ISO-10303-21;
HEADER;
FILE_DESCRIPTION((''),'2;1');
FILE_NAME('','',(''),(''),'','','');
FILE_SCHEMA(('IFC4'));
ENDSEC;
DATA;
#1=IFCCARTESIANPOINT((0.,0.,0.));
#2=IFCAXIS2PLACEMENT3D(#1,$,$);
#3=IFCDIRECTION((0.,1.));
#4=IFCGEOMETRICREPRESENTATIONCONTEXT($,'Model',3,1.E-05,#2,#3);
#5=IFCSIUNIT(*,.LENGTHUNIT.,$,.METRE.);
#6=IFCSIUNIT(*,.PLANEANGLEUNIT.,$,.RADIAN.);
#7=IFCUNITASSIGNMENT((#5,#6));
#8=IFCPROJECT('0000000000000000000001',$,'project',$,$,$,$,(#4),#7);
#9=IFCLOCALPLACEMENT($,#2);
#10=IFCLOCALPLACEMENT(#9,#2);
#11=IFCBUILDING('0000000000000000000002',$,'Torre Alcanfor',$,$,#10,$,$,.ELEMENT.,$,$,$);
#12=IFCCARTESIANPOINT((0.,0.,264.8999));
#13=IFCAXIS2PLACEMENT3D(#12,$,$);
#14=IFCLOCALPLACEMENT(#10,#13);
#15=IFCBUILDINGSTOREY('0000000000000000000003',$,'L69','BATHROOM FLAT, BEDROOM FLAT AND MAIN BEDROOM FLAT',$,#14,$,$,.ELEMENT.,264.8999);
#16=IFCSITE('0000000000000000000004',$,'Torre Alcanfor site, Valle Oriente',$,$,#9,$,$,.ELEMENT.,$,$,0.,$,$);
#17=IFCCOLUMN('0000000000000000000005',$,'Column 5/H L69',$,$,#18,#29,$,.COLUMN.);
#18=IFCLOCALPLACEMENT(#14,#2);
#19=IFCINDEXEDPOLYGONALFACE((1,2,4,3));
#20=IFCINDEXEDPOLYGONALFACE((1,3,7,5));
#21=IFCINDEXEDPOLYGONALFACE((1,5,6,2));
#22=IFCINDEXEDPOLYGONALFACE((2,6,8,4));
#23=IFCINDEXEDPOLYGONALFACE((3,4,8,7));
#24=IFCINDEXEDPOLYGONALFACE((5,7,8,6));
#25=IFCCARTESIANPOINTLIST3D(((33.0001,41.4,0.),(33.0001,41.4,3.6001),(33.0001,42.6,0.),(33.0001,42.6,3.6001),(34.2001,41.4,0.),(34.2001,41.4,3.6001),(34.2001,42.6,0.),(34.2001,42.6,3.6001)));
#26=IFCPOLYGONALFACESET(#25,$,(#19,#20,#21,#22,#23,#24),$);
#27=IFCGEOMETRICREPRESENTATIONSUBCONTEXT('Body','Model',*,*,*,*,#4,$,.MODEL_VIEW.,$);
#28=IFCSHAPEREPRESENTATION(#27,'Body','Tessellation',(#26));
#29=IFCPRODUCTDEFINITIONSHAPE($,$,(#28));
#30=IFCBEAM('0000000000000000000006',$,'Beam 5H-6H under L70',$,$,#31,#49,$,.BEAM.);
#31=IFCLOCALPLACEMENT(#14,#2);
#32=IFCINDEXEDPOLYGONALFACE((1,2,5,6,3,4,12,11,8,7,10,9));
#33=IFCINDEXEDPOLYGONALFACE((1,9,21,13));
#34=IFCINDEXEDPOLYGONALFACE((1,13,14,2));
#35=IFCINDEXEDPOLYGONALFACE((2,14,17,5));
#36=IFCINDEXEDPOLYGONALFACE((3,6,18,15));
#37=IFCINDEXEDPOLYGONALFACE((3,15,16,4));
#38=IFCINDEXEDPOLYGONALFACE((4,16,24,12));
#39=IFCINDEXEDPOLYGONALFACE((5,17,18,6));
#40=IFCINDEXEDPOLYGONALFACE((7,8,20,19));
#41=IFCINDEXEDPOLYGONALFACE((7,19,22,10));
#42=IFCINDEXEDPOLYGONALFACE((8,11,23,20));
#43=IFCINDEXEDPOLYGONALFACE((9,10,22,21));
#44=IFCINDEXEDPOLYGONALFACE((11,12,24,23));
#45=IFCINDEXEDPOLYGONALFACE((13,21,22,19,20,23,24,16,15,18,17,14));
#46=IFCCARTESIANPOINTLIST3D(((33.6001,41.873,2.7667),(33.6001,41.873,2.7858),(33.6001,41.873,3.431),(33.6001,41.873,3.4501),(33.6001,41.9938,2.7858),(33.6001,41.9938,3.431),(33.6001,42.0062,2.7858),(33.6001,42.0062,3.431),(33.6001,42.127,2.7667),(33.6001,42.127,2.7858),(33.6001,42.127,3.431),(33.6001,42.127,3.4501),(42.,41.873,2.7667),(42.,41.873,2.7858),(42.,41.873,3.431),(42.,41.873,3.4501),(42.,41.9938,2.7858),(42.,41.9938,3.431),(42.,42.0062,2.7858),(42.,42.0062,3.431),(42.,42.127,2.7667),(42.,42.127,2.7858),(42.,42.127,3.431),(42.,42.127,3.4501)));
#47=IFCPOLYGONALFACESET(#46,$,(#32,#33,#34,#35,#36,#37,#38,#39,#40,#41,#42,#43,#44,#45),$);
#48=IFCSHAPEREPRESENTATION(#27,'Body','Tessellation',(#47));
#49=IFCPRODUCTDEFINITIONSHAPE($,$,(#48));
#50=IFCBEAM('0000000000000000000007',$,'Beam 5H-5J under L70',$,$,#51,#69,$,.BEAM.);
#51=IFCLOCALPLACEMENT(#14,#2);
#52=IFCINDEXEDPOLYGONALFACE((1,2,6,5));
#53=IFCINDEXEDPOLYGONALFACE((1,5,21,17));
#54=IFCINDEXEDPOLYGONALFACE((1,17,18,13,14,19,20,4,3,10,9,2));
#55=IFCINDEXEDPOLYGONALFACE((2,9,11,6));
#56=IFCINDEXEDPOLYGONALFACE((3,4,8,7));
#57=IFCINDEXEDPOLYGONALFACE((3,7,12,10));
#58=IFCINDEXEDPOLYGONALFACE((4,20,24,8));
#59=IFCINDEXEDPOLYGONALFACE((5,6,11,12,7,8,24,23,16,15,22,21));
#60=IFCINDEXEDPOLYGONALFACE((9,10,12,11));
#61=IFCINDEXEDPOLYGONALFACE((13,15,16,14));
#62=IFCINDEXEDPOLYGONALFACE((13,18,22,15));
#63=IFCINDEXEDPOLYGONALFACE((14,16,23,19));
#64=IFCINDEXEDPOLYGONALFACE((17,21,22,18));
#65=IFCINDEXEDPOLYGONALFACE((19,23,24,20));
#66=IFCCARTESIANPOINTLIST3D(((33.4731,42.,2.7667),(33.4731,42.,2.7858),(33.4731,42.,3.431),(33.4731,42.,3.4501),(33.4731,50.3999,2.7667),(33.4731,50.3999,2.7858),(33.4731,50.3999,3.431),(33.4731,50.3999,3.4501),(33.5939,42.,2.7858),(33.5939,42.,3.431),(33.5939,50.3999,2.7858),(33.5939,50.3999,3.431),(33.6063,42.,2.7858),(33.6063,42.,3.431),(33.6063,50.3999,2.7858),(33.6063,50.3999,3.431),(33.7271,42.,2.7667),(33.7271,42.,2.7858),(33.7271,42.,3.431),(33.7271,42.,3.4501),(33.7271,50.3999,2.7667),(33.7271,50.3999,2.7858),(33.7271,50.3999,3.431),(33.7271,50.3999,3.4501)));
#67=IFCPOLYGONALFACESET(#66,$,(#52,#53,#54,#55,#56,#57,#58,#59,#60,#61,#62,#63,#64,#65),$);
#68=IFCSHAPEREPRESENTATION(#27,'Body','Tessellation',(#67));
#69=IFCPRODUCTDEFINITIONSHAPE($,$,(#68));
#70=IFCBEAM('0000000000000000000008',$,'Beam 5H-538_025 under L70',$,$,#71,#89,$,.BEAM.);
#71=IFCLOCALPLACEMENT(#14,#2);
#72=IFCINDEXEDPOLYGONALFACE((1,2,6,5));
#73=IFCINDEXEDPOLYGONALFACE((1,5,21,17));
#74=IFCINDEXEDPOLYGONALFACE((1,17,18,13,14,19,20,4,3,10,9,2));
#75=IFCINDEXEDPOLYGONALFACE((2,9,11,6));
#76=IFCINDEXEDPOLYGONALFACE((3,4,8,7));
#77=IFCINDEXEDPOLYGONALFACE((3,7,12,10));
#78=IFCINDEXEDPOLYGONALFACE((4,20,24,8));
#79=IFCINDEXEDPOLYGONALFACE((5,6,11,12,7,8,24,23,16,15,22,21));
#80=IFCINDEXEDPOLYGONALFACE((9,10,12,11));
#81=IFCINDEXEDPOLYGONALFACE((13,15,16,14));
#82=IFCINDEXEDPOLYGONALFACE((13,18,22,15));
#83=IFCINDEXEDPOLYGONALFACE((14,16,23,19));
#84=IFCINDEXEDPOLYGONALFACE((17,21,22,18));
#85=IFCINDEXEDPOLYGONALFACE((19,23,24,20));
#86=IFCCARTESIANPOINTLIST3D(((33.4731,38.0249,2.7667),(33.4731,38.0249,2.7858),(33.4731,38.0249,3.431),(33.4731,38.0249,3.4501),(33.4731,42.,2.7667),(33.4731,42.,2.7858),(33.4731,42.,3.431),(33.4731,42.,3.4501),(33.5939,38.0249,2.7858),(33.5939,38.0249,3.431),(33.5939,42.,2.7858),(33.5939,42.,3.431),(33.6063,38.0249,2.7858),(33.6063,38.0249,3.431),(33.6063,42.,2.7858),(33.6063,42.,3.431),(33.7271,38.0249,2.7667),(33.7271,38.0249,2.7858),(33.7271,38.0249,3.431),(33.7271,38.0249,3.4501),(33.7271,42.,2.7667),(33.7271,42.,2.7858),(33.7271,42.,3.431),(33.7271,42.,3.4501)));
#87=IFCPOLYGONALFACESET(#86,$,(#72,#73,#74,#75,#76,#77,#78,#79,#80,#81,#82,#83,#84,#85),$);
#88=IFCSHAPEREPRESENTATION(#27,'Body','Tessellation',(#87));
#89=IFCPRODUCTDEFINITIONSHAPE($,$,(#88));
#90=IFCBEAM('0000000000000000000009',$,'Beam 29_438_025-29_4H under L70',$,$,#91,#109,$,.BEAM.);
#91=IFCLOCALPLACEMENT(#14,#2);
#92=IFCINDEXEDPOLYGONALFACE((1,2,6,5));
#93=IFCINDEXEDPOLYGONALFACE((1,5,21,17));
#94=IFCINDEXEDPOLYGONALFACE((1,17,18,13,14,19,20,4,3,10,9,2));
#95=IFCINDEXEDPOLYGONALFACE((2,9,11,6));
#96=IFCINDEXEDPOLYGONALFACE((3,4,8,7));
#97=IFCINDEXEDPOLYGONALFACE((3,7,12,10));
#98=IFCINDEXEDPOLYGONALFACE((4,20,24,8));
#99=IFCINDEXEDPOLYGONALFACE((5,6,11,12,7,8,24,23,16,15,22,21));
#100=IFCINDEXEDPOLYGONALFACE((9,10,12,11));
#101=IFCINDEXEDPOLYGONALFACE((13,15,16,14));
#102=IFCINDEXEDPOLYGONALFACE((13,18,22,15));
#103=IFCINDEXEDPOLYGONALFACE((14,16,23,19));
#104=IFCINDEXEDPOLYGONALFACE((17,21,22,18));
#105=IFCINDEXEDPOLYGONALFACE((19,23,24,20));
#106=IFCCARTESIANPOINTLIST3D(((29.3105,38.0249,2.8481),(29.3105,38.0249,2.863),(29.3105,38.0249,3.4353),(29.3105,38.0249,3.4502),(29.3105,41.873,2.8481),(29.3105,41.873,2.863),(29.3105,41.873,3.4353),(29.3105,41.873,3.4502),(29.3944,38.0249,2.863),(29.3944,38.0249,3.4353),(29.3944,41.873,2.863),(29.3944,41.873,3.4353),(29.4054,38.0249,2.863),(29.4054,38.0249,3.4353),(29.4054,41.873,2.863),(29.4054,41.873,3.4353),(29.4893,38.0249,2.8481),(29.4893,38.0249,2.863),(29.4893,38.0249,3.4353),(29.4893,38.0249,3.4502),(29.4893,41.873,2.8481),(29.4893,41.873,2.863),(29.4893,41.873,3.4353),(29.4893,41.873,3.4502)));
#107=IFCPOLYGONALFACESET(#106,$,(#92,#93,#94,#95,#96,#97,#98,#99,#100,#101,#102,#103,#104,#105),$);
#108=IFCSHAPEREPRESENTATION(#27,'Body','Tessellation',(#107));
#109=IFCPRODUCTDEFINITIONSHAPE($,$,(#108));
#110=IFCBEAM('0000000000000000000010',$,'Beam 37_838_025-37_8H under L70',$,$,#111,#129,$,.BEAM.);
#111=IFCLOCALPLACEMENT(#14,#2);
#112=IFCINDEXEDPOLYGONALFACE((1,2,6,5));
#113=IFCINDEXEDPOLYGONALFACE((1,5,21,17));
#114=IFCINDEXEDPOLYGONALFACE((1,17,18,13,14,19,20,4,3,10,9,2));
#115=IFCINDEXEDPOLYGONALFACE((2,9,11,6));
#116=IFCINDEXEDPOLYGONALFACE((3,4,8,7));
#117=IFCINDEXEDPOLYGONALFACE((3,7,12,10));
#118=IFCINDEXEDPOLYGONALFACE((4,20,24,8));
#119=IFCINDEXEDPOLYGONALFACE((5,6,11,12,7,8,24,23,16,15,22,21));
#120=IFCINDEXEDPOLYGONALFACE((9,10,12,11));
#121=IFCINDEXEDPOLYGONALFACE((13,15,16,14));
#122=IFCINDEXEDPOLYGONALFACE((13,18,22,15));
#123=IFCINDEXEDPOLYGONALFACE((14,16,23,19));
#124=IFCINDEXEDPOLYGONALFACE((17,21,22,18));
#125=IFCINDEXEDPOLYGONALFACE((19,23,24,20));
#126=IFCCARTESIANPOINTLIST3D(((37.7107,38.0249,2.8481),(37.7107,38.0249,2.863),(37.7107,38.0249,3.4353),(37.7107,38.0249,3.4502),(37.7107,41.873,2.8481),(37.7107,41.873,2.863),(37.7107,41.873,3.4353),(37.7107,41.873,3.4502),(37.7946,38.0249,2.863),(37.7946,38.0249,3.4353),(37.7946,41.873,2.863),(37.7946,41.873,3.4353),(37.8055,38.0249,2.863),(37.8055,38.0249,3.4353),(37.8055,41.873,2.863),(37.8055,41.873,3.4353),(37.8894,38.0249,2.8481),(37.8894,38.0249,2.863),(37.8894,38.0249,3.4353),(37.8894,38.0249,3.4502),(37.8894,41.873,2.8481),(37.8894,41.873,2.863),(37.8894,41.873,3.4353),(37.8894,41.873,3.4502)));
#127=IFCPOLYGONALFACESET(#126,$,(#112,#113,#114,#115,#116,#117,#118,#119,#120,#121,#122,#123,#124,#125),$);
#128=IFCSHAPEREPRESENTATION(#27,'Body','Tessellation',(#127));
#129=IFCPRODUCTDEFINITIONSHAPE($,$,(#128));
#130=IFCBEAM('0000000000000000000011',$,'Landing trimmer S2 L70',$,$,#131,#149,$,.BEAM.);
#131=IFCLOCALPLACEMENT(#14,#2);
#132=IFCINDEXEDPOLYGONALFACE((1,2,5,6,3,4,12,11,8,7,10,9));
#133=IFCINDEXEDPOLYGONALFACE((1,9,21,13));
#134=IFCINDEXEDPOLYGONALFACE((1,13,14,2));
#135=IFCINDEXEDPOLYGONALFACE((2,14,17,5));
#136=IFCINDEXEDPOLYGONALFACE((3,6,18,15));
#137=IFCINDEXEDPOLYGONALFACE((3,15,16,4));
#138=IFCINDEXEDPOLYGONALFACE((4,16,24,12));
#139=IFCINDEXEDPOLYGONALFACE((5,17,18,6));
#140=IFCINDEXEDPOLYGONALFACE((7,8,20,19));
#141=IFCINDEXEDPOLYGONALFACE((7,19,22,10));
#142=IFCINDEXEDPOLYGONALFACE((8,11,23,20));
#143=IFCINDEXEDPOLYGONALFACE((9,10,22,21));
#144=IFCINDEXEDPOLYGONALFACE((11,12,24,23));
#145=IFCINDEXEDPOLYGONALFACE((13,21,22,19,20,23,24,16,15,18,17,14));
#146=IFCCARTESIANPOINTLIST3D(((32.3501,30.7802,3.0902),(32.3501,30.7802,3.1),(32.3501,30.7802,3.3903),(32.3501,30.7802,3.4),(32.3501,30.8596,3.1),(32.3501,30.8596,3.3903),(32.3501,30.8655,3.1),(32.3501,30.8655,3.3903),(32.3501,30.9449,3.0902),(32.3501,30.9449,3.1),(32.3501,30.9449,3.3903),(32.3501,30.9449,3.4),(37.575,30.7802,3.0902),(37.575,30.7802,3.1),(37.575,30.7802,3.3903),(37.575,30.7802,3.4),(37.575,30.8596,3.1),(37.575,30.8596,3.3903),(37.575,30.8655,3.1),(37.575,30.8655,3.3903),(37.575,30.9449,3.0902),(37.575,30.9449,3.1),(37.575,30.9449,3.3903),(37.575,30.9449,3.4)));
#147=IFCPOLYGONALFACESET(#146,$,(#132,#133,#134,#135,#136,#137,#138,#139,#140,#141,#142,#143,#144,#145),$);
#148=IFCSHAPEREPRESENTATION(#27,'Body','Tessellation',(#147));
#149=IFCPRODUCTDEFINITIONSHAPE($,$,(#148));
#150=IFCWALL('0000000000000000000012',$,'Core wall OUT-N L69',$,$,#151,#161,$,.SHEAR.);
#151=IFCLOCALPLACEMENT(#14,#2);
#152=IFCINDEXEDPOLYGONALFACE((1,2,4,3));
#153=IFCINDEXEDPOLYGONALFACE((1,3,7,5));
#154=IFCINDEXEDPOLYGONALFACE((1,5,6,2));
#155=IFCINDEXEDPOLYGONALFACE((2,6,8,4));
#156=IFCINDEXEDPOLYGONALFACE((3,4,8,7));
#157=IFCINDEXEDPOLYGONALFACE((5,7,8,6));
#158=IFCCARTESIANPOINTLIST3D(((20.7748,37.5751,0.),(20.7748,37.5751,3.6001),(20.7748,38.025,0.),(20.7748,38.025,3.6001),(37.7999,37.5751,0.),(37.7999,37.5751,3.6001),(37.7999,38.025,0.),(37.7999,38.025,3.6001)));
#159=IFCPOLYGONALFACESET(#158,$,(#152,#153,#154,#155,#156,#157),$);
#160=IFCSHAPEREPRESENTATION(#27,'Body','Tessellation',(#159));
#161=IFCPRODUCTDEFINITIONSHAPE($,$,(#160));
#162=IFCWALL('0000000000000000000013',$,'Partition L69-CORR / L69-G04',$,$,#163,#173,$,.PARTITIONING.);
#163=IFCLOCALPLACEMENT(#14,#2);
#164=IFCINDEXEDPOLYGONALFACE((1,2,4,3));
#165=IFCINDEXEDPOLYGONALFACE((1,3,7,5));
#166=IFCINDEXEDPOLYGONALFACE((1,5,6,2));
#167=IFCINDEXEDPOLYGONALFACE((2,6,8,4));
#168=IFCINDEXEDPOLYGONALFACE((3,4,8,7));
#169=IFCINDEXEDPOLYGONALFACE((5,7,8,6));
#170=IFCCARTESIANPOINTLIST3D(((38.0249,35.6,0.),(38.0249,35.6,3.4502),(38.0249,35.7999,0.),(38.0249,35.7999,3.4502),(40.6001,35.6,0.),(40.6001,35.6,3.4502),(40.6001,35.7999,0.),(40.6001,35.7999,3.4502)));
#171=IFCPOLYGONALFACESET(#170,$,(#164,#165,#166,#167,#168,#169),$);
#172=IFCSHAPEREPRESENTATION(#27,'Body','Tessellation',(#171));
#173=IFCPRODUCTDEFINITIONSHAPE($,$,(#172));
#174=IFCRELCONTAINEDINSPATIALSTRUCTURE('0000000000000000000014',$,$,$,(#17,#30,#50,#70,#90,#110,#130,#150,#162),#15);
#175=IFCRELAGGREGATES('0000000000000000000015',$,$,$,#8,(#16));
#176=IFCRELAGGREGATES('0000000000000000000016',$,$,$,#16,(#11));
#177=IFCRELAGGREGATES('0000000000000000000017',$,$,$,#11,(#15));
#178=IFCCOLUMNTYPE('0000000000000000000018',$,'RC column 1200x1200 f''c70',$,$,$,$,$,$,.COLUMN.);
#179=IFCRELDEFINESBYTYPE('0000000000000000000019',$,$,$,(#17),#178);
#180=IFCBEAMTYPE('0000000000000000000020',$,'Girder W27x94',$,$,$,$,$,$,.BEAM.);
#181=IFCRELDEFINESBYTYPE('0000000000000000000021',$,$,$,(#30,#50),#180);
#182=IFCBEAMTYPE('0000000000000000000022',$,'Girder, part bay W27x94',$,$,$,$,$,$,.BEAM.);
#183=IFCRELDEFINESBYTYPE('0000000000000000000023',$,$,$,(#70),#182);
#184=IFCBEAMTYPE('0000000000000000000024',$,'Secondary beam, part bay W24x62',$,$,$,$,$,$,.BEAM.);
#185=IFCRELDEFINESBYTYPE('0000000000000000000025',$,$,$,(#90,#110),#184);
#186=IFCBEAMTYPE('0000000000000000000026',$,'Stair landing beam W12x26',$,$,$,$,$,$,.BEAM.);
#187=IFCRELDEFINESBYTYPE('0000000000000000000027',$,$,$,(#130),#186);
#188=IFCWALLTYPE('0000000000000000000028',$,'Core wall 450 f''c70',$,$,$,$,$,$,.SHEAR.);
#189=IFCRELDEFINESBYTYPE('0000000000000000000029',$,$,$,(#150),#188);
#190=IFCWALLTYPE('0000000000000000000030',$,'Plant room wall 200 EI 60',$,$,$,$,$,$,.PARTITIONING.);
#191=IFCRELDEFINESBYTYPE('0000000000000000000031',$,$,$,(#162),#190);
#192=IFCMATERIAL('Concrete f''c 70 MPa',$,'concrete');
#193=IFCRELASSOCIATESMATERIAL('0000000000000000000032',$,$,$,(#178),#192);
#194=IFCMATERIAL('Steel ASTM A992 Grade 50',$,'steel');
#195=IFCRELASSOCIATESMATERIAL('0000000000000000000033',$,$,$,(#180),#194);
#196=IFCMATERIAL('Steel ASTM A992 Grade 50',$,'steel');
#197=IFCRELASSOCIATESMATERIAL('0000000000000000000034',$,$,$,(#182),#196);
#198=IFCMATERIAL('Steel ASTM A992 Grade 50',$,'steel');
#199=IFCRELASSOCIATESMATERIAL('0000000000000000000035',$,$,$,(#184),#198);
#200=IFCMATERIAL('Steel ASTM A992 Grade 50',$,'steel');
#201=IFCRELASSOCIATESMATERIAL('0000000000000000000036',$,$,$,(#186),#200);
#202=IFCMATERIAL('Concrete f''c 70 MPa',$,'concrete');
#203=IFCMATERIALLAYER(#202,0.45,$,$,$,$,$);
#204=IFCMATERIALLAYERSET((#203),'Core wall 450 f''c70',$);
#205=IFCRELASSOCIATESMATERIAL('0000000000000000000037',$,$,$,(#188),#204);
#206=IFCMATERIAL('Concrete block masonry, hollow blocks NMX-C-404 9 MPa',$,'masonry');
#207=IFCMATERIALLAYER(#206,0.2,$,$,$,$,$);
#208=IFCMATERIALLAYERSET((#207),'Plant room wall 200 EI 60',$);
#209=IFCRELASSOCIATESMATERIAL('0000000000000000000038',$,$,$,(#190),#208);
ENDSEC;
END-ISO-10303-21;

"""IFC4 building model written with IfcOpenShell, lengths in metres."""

from ifc_helpers import new_model, si_unit, direction, frame, frame_2d, origin, origin_2d, place, context, subcontext, project, spatial, rectangle, i_section, extrude, material, layer, layer_set, material_profile, profile_set, type_object, element, save


model = new_model("IFC4")

# Units and contexts
model_context = context("Model", 3, precision=1e-05, world=origin(), true_north=direction((0.0, 1.0)))
body_context = subcontext(model_context, "Body", "Model", "MODEL_VIEW")
ifc_project = project(units=[si_unit("LENGTHUNIT", "METRE"), si_unit("PLANEANGLEUNIT", "RADIAN")], contexts=[model_context])

# Site, building, storey
site_placement = place(None, origin())
site = spatial("IfcSite", under=ifc_project, at=site_placement, Name="Torre Alcanfor site, Valle Oriente", CompositionType="ELEMENT", RefElevation=0.0)
building_placement = place(site_placement, origin())
building = spatial("IfcBuilding", under=site, at=building_placement, Name="Torre Alcanfor", CompositionType="ELEMENT")
storey_placement = place(building_placement, frame((0.0, 0.0, 264.8999)))
storey = spatial("IfcBuildingStorey", under=building, at=storey_placement, Name="L69", Description="BATHROOM FLAT, BEDROOM FLAT AND MAIN BEDROOM FLAT", CompositionType="ELEMENT", Elevation=264.8999)

# Column
ifc_material_1 = material(Name="Concrete f'c 70 MPa", Category="concrete")
ifc_material_profile_1 = material_profile(ifc_material_1, rectangle(XDim=1.2, YDim=1.2, at=origin_2d()), Name="1200x1200")
ifc_profile_set_1 = profile_set([ifc_material_profile_1], Name="Concrete f'c 70 MPa")
column_type = type_object("IfcColumnType", Name="RC column 1200x1200 f'c70", PredefinedType="COLUMN", material=ifc_profile_set_1)
column_placement = place(storey_placement, frame((33.6001, 42.0, 0.0), z_axis=(0.0, 0.0, 1.0), x_axis=(1.0, 0.0, 0.0)))
element("IfcColumn", 1, at=column_placement, inside=storey, type_object=column_type, Name="Column 5/H L69", PredefinedType="COLUMN", context=body_context, shape_type="SweptSolid", body=[
    extrude(rectangle(XDim=1.2, YDim=1.2, at=origin_2d()), origin(), (0.0, 0.0, 1.0), 3.6001),
])

# Beams
ifc_material_2 = material(Name="Steel ASTM A992 Grade 50", Category="steel")
ifc_material_profile_2 = material_profile(ifc_material_2, i_section(OverallWidth=0.2539, OverallDepth=0.6833, WebThickness=0.0125, FlangeThickness=0.019, at=origin_2d()), Name="W27x94")
ifc_profile_set_2 = profile_set([ifc_material_profile_2], Name="Steel ASTM A992 Grade 50")
beam_type_1 = type_object("IfcBeamType", Name="Girder W27x94", PredefinedType="BEAM", material=ifc_profile_set_2)
for number, where, z_axis, x_axis, name in (
    (2, (33.6001, 42.0, 3.1084), (1.0, 0.0, 0.0), (0.0, 1.0, 0.0), "Beam 5H-6H under L70"),
    (3, (33.6001, 42.0, 3.1084), (0.0, 1.0, 0.0), (-1.0, 0.0, 0.0), "Beam 5H-5J under L70"),
):
    element("IfcBeam", number, at=place(storey_placement, frame(where, z_axis=z_axis, x_axis=x_axis)), inside=storey, type_object=beam_type_1, Name=name, PredefinedType="BEAM", context=body_context, shape_type="SweptSolid", body=[
        extrude(i_section(OverallWidth=0.2539, OverallDepth=0.6833, WebThickness=0.0125, FlangeThickness=0.019, at=origin_2d()), origin(), (0.0, 0.0, 1.0), 8.3999),
    ])
ifc_material_3 = material(Name="Steel ASTM A992 Grade 50", Category="steel")
ifc_material_profile_3 = material_profile(ifc_material_3, i_section(OverallWidth=0.2539, OverallDepth=0.6833, WebThickness=0.0125, FlangeThickness=0.019, at=origin_2d()), Name="W27x94")
ifc_profile_set_3 = profile_set([ifc_material_profile_3], Name="Steel ASTM A992 Grade 50")
beam_type_2 = type_object("IfcBeamType", Name="Girder, part bay W27x94", PredefinedType="BEAM", material=ifc_profile_set_3)
beam_1_placement = place(storey_placement, frame((33.6001, 42.0, 3.1084), z_axis=(0.0, -1.0, 0.0), x_axis=(1.0, 0.0, 0.0)))
element("IfcBeam", 4, at=beam_1_placement, inside=storey, type_object=beam_type_2, Name="Beam 5H-538_025 under L70", PredefinedType="BEAM", context=body_context, shape_type="SweptSolid", body=[
    extrude(i_section(OverallWidth=0.2539, OverallDepth=0.6833, WebThickness=0.0125, FlangeThickness=0.019, at=origin_2d()), origin(), (0.0, 0.0, 1.0), 3.9751),
])
ifc_material_4 = material(Name="Steel ASTM A992 Grade 50", Category="steel")
ifc_material_profile_4 = material_profile(ifc_material_4, i_section(OverallWidth=0.1787, OverallDepth=0.6021, WebThickness=0.011, FlangeThickness=0.0149, at=origin_2d()), Name="W24x62")
ifc_profile_set_4 = profile_set([ifc_material_profile_4], Name="Steel ASTM A992 Grade 50")
beam_type_3 = type_object("IfcBeamType", Name="Secondary beam, part bay W24x62", PredefinedType="BEAM", material=ifc_profile_set_4)
for number, where, z_axis, x_axis, name in (
    (5, (29.3999, 38.0249, 3.1492), (0.0, 1.0, 0.0), (-1.0, 0.0, 0.0), "Beam 29_438_025-29_4H under L70"),
    (6, (37.8, 38.0249, 3.1492), (0.0, 1.0, 0.0), (-1.0, 0.0, 0.0), "Beam 37_838_025-37_8H under L70"),
):
    element("IfcBeam", number, at=place(storey_placement, frame(where, z_axis=z_axis, x_axis=x_axis)), inside=storey, type_object=beam_type_3, Name=name, PredefinedType="BEAM", context=body_context, shape_type="SweptSolid", body=[
        extrude(i_section(OverallWidth=0.1787, OverallDepth=0.6021, WebThickness=0.011, FlangeThickness=0.0149, at=origin_2d()), origin(), (0.0, 0.0, 1.0), 3.8481),
    ])
ifc_material_5 = material(Name="Steel ASTM A992 Grade 50", Category="steel")
ifc_material_profile_5 = material_profile(ifc_material_5, i_section(OverallWidth=0.1648, OverallDepth=0.3098, WebThickness=0.0059, FlangeThickness=0.0098, at=origin_2d()), Name="W12x26")
ifc_profile_set_5 = profile_set([ifc_material_profile_5], Name="Steel ASTM A992 Grade 50")
beam_type_4 = type_object("IfcBeamType", Name="Stair landing beam W12x26", PredefinedType="BEAM", material=ifc_profile_set_5)
beam_2_placement = place(storey_placement, frame((32.3501, 30.8625, 3.2451), z_axis=(1.0, 0.0, 0.0), x_axis=(0.0, 1.0, 0.0)))
element("IfcBeam", 7, at=beam_2_placement, inside=storey, type_object=beam_type_4, Name="Landing trimmer S2 L70", PredefinedType="BEAM", context=body_context, shape_type="SweptSolid", body=[
    extrude(i_section(OverallWidth=0.1648, OverallDepth=0.3098, WebThickness=0.0059, FlangeThickness=0.0098, at=origin_2d()), origin(), (0.0, 0.0, 1.0), 5.2249),
])

# Walls
ifc_material_6 = material(Name="Concrete f'c 70 MPa", Category="concrete")
ifc_layer_1 = layer(ifc_material_6, 0.45)
ifc_layer_set_1 = layer_set([ifc_layer_1], Name="Core wall 450 f'c70")
wall_type_1 = type_object("IfcWallType", Name="Core wall 450 f'c70", PredefinedType="SHEAR", material=ifc_layer_set_1)
wall_1_placement = place(storey_placement, frame((37.8, 37.8, 0.0), z_axis=(0.0, 0.0, 1.0), x_axis=(-1.0, 0.0, 0.0)))
element("IfcWall", 8, at=wall_1_placement, inside=storey, type_object=wall_type_1, Name="Core wall OUT-N L69", PredefinedType="SHEAR", context=body_context, shape_type="SweptSolid", body=[
    extrude(rectangle(XDim=17.0251, YDim=0.45, at=frame_2d((8.5127, 0.0))), origin(), (0.0, 0.0, 1.0), 3.6001),
])
ifc_material_7 = material(Name="Concrete block masonry, hollow blocks NMX-C-404 9 MPa", Category="masonry")
ifc_layer_2 = layer(ifc_material_7, 0.2)
ifc_layer_set_2 = layer_set([ifc_layer_2], Name="Plant room wall 200 EI 60")
wall_type_2 = type_object("IfcWallType", Name="Plant room wall 200 EI 60", PredefinedType="PARTITIONING", material=ifc_layer_set_2)
wall_2_placement = place(storey_placement, frame((38.0249, 35.7, 0.0), z_axis=(0.0, 0.0, 1.0), x_axis=(1.0, 0.0, 0.0)))
element("IfcWall", 9, at=wall_2_placement, inside=storey, type_object=wall_type_2, Name="Partition L69-CORR / L69-G04", PredefinedType="PARTITIONING", context=body_context, shape_type="SweptSolid", body=[
    extrude(rectangle(XDim=2.5752, YDim=0.2, at=frame_2d((1.2876, 0.0))), origin(), (0.0, 0.0, 1.0), 3.4502),
])

save(model, "model.ifc")
